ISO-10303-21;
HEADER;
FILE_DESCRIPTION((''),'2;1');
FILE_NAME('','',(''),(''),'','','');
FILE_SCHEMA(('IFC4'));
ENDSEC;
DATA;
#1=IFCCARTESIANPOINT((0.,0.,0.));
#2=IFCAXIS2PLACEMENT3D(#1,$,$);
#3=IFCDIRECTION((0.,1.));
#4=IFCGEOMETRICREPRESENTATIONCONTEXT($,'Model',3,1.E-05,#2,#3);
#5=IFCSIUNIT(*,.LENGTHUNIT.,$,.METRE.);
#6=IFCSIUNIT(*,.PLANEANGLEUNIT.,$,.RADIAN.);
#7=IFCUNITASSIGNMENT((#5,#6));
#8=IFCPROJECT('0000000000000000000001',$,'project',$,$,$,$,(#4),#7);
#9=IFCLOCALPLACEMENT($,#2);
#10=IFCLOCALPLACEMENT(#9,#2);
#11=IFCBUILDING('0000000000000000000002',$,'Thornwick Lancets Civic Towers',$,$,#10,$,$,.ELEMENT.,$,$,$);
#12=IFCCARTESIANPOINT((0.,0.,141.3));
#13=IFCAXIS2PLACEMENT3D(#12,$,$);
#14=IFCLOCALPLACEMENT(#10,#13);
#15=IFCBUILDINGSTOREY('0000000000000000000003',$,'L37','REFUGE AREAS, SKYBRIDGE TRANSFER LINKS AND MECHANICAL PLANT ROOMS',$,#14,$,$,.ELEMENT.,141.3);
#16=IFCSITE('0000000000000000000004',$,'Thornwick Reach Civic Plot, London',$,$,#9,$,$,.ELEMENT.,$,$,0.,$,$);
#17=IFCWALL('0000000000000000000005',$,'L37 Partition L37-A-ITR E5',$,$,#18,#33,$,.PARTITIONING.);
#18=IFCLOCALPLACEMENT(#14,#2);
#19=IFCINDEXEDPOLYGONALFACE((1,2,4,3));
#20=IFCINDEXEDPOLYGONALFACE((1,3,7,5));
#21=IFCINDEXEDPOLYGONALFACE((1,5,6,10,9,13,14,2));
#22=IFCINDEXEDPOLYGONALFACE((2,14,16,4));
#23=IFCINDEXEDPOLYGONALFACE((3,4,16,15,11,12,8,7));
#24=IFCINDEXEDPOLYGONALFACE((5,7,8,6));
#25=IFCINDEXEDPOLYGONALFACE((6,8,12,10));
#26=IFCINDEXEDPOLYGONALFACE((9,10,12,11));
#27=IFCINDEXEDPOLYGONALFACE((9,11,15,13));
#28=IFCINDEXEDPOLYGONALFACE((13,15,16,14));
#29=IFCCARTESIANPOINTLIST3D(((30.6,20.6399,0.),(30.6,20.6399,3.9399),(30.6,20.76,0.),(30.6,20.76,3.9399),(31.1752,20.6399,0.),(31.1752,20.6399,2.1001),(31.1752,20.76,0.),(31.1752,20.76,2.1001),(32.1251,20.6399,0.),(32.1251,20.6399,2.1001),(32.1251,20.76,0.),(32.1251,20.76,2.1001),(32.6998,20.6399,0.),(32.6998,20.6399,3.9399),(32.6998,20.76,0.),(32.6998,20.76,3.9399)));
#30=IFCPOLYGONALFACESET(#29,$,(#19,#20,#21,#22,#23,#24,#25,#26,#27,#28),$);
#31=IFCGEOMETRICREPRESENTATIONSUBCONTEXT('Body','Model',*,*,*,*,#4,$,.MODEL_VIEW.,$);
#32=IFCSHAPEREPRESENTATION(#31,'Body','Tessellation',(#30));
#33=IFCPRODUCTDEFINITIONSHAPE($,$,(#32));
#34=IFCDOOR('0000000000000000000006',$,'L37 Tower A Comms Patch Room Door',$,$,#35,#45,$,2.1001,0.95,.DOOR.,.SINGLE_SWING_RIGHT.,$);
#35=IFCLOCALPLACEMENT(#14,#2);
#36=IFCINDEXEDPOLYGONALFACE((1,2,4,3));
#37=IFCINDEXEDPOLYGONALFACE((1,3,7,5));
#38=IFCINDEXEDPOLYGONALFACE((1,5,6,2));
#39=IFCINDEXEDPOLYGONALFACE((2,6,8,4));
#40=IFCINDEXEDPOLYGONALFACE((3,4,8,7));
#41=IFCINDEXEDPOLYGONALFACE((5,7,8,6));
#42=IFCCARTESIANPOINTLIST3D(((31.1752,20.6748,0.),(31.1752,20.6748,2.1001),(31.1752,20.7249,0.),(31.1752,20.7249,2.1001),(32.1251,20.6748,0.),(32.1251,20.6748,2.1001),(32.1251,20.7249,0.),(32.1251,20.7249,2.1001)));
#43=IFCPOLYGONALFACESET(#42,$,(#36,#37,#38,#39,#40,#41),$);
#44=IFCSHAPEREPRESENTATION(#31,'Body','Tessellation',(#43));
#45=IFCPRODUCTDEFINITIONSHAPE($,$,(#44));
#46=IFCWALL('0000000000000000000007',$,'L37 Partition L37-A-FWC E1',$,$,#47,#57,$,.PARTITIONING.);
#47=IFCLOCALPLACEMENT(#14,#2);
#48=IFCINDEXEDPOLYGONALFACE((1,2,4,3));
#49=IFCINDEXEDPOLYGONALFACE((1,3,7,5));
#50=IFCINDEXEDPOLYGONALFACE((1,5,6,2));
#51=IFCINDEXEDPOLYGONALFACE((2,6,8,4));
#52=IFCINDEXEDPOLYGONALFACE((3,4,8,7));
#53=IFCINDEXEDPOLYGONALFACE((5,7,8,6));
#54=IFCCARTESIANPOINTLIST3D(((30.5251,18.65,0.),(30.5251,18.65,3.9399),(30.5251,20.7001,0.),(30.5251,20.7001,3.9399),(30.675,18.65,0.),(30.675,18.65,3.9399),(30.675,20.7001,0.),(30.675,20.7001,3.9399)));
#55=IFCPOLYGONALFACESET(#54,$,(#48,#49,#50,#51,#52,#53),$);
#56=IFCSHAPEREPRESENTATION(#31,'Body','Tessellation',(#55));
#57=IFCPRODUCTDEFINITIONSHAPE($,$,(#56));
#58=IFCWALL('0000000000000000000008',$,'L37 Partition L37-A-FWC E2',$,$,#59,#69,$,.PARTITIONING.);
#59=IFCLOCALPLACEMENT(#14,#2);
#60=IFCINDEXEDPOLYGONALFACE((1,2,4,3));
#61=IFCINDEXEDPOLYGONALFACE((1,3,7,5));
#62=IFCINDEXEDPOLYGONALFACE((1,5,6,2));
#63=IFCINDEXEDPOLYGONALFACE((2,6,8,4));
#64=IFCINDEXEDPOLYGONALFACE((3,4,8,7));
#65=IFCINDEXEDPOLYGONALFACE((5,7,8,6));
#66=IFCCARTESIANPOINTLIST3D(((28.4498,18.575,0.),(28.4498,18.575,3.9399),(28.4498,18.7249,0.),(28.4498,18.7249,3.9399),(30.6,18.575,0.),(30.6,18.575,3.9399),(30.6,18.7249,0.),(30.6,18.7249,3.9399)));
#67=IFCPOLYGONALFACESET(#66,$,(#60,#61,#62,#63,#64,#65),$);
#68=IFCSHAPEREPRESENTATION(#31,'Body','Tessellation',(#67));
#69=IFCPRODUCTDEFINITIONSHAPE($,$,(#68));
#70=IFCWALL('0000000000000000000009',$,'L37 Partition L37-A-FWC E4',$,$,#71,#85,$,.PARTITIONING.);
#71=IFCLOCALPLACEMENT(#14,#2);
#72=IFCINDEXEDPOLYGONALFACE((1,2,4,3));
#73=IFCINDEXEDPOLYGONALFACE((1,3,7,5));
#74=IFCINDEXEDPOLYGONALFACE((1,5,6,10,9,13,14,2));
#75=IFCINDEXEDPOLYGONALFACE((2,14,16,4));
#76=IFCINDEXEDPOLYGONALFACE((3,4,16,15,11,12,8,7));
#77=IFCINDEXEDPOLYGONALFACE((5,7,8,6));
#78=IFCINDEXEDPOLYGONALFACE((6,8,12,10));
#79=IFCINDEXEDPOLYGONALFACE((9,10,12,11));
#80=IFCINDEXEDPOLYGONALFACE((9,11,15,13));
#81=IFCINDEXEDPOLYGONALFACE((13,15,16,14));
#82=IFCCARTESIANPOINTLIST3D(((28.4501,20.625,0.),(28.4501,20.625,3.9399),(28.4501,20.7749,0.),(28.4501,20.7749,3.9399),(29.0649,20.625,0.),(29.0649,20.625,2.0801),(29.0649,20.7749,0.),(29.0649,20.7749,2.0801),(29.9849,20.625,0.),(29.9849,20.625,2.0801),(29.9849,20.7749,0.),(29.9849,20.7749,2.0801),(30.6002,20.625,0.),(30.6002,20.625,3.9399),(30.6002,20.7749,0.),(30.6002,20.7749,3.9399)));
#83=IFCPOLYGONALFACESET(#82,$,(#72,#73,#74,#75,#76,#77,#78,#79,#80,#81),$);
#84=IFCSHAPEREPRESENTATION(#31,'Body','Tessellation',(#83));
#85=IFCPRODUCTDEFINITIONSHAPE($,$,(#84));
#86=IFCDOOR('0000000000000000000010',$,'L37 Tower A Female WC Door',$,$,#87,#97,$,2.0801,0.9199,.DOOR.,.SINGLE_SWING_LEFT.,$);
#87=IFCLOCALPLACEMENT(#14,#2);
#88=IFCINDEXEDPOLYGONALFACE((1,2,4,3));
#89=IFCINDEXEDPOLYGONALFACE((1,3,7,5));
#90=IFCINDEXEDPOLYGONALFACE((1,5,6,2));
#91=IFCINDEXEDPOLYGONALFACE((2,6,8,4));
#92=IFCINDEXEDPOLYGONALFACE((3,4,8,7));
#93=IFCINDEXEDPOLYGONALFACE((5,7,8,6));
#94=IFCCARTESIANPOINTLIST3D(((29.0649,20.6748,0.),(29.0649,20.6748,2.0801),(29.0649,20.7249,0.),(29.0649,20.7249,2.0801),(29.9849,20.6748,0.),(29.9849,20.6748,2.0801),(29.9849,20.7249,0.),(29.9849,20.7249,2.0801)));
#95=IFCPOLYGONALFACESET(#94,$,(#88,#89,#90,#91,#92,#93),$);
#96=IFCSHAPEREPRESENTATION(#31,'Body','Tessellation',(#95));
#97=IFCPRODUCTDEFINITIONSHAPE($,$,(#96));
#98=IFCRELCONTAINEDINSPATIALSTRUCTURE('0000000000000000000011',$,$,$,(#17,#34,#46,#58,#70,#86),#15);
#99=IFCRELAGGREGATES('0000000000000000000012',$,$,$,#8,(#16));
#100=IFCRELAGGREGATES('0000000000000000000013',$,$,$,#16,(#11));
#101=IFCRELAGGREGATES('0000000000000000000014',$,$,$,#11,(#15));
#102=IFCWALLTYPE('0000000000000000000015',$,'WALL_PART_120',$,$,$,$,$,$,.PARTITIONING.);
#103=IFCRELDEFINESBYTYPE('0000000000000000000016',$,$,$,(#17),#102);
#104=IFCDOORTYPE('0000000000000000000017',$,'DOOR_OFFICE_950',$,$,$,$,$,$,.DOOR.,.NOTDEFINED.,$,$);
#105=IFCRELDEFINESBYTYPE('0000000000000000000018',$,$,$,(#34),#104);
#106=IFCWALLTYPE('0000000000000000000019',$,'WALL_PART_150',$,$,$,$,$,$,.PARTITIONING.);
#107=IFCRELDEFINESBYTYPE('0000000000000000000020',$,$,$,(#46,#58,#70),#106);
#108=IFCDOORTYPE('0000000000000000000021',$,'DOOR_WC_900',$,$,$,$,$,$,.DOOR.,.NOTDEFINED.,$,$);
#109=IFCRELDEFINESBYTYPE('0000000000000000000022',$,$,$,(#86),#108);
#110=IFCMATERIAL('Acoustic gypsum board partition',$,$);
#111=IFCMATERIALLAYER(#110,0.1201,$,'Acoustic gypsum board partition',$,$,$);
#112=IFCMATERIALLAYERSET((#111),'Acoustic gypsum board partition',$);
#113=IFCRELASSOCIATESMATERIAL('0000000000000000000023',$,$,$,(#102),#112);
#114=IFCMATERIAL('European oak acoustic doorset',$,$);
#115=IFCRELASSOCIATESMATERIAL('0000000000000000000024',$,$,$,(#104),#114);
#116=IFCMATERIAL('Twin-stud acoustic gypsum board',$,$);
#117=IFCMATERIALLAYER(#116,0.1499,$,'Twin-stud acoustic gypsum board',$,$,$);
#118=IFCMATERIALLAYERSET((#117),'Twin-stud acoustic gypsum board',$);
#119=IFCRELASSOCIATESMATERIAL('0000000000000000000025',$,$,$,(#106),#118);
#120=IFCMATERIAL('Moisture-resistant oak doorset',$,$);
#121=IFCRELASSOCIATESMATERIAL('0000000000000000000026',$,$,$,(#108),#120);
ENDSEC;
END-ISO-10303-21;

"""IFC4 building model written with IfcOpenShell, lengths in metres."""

from ifc_helpers import new_model, si_unit, direction, frame, frame_2d, origin, place, context, subcontext, project, spatial, rectangle, extrude, material, layer, layer_set, type_object, element, fill, save


model = new_model("IFC4")

# Units and contexts
model_context = context("Model", 3, precision=1e-05, world=origin(), true_north=direction((0.0, 1.0)))
body_context = subcontext(model_context, "Body", "Model", "MODEL_VIEW")
ifc_project = project(units=[si_unit("LENGTHUNIT", "METRE"), si_unit("PLANEANGLEUNIT", "RADIAN")], contexts=[model_context])

# Site, building, storey
site_placement = place(None, origin())
site = spatial("IfcSite", under=ifc_project, at=site_placement, Name="Thornwick Reach Civic Plot, London", CompositionType="ELEMENT", RefElevation=0.0)
building_placement = place(site_placement, origin())
building = spatial("IfcBuilding", under=site, at=building_placement, Name="Thornwick Lancets Civic Towers", CompositionType="ELEMENT")
storey_placement = place(building_placement, frame((0.0, 0.0, 141.3)))
storey = spatial("IfcBuildingStorey", under=building, at=storey_placement, Name="L37", Description="REFUGE AREAS, SKYBRIDGE TRANSFER LINKS AND MECHANICAL PLANT ROOMS", CompositionType="ELEMENT", Elevation=141.3)

# Wall, opening, door
ifc_material_1 = material(Name="Acoustic gypsum board partition")
ifc_layer_1 = layer(ifc_material_1, 0.1201, Name="Acoustic gypsum board partition")
ifc_layer_set_1 = layer_set([ifc_layer_1], Name="Acoustic gypsum board partition")
wall_type_1 = type_object("IfcWallType", Name="WALL_PART_120", PredefinedType="PARTITIONING", material=ifc_layer_set_1)
wall_1_placement = place(storey_placement, frame((30.6001, 20.7, 0.0), z_axis=(0.0, 0.0, 1.0), x_axis=(1.0, 0.0, 0.0)))
wall_1 = element("IfcWall", 1, at=wall_1_placement, inside=storey, type_object=wall_type_1, Name="L37 Partition L37-A-ITR E5", PredefinedType="PARTITIONING", context=body_context, shape_type="SweptSolid", body=[
    extrude(rectangle(XDim=2.0999, YDim=0.1201, at=frame_2d((1.0498, 0.0))), origin(), (0.0, 0.0, 1.0), 3.9399),
])
opening_1_placement = place(wall_1_placement, frame((0.575, 0.0, 0.0)))
opening_1 = element("IfcOpeningElement", 2, at=opening_1_placement, cuts=wall_1, PredefinedType="OPENING", context=body_context, shape_type="SweptSolid", body=[
    extrude(rectangle(XDim=0.95, YDim=2.1001, at=frame_2d((0.4751, 1.05))), frame((0.0, 0.0701, 0.0), z_axis=(0.0, -1.0, 0.0), x_axis=(1.0, 0.0, 0.0)), (0.0, 0.0, 1.0), 0.1401),
])
ifc_material_2 = material(Name="European oak acoustic doorset")
door_type_1 = type_object("IfcDoorType", Name="DOOR_OFFICE_950", OperationType="NOTDEFINED", PredefinedType="DOOR", material=ifc_material_2)
door_1_placement = place(opening_1_placement, origin())
door_1 = element("IfcDoor", 3, at=door_1_placement, inside=storey, type_object=door_type_1, Name="L37 Tower A Comms Patch Room Door", OperationType="SINGLE_SWING_RIGHT", OverallHeight=2.1001, OverallWidth=0.95, PredefinedType="DOOR", context=body_context, shape_type="SweptSolid", body=[
    extrude(rectangle(XDim=0.95, YDim=2.1001, at=frame_2d((0.4751, 1.05))), frame((0.0, 0.0249, 0.0), z_axis=(0.0, -1.0, 0.0), x_axis=(1.0, 0.0, 0.0)), (0.0, 0.0, 1.0), 0.05),
])
fill(opening_1, door_1)

# Walls
ifc_material_3 = material(Name="Twin-stud acoustic gypsum board")
ifc_layer_2 = layer(ifc_material_3, 0.1499, Name="Twin-stud acoustic gypsum board")
ifc_layer_set_2 = layer_set([ifc_layer_2], Name="Twin-stud acoustic gypsum board")
wall_type_2 = type_object("IfcWallType", Name="WALL_PART_150", PredefinedType="PARTITIONING", material=ifc_layer_set_2)
wall_2_placement = place(storey_placement, frame((30.6001, 20.7, 0.0), z_axis=(0.0, 0.0, 1.0), x_axis=(0.0, -1.0, 0.0)))
element("IfcWall", 4, at=wall_2_placement, inside=storey, type_object=wall_type_2, Name="L37 Partition L37-A-FWC E1", PredefinedType="PARTITIONING", context=body_context, shape_type="SweptSolid", body=[
    extrude(rectangle(XDim=2.05, YDim=0.1499, at=frame_2d((1.0249, 0.0))), origin(), (0.0, 0.0, 1.0), 3.9399),
])
wall_3_placement = place(storey_placement, frame((30.6001, 18.6499, 0.0), z_axis=(0.0, 0.0, 1.0), x_axis=(-1.0, 0.0, 0.0)))
element("IfcWall", 5, at=wall_3_placement, inside=storey, type_object=wall_type_2, Name="L37 Partition L37-A-FWC E2", PredefinedType="PARTITIONING", context=body_context, shape_type="SweptSolid", body=[
    extrude(rectangle(XDim=2.1501, YDim=0.1499, at=frame_2d((1.0752, 0.0))), origin(), (0.0, 0.0, 1.0), 3.9399),
])

# Wall, opening, door
wall_4_placement = place(storey_placement, frame((28.45, 20.7, 0.0), z_axis=(0.0, 0.0, 1.0), x_axis=(1.0, 0.0, 0.0)))
wall_4 = element("IfcWall", 6, at=wall_4_placement, inside=storey, type_object=wall_type_2, Name="L37 Partition L37-A-FWC E4", PredefinedType="PARTITIONING", context=body_context, shape_type="SweptSolid", body=[
    extrude(rectangle(XDim=2.1501, YDim=0.1499, at=frame_2d((1.0752, 0.0))), origin(), (0.0, 0.0, 1.0), 3.9399),
])
opening_2_placement = place(wall_4_placement, frame((0.615, 0.0, 0.0)))
opening_2 = element("IfcOpeningElement", 7, at=opening_2_placement, cuts=wall_4, PredefinedType="OPENING", context=body_context, shape_type="SweptSolid", body=[
    extrude(rectangle(XDim=0.9199, YDim=2.0801, at=frame_2d((0.46, 1.04))), frame((0.0, 0.085, 0.0), z_axis=(0.0, -1.0, 0.0), x_axis=(1.0, 0.0, 0.0)), (0.0, 0.0, 1.0), 0.1699),
])
ifc_material_4 = material(Name="Moisture-resistant oak doorset")
door_type_2 = type_object("IfcDoorType", Name="DOOR_WC_900", OperationType="NOTDEFINED", PredefinedType="DOOR", material=ifc_material_4)
door_2_placement = place(opening_2_placement, origin())
door_2 = element("IfcDoor", 8, at=door_2_placement, inside=storey, type_object=door_type_2, Name="L37 Tower A Female WC Door", OperationType="SINGLE_SWING_LEFT", OverallHeight=2.0801, OverallWidth=0.9199, PredefinedType="DOOR", context=body_context, shape_type="SweptSolid", body=[
    extrude(rectangle(XDim=0.9199, YDim=2.0801, at=frame_2d((0.46, 1.04))), frame((0.0, 0.0249, 0.0), z_axis=(0.0, -1.0, 0.0), x_axis=(1.0, 0.0, 0.0)), (0.0, 0.0, 1.0), 0.05),
])
fill(opening_2, door_2)

save(model, "model.ifc")
